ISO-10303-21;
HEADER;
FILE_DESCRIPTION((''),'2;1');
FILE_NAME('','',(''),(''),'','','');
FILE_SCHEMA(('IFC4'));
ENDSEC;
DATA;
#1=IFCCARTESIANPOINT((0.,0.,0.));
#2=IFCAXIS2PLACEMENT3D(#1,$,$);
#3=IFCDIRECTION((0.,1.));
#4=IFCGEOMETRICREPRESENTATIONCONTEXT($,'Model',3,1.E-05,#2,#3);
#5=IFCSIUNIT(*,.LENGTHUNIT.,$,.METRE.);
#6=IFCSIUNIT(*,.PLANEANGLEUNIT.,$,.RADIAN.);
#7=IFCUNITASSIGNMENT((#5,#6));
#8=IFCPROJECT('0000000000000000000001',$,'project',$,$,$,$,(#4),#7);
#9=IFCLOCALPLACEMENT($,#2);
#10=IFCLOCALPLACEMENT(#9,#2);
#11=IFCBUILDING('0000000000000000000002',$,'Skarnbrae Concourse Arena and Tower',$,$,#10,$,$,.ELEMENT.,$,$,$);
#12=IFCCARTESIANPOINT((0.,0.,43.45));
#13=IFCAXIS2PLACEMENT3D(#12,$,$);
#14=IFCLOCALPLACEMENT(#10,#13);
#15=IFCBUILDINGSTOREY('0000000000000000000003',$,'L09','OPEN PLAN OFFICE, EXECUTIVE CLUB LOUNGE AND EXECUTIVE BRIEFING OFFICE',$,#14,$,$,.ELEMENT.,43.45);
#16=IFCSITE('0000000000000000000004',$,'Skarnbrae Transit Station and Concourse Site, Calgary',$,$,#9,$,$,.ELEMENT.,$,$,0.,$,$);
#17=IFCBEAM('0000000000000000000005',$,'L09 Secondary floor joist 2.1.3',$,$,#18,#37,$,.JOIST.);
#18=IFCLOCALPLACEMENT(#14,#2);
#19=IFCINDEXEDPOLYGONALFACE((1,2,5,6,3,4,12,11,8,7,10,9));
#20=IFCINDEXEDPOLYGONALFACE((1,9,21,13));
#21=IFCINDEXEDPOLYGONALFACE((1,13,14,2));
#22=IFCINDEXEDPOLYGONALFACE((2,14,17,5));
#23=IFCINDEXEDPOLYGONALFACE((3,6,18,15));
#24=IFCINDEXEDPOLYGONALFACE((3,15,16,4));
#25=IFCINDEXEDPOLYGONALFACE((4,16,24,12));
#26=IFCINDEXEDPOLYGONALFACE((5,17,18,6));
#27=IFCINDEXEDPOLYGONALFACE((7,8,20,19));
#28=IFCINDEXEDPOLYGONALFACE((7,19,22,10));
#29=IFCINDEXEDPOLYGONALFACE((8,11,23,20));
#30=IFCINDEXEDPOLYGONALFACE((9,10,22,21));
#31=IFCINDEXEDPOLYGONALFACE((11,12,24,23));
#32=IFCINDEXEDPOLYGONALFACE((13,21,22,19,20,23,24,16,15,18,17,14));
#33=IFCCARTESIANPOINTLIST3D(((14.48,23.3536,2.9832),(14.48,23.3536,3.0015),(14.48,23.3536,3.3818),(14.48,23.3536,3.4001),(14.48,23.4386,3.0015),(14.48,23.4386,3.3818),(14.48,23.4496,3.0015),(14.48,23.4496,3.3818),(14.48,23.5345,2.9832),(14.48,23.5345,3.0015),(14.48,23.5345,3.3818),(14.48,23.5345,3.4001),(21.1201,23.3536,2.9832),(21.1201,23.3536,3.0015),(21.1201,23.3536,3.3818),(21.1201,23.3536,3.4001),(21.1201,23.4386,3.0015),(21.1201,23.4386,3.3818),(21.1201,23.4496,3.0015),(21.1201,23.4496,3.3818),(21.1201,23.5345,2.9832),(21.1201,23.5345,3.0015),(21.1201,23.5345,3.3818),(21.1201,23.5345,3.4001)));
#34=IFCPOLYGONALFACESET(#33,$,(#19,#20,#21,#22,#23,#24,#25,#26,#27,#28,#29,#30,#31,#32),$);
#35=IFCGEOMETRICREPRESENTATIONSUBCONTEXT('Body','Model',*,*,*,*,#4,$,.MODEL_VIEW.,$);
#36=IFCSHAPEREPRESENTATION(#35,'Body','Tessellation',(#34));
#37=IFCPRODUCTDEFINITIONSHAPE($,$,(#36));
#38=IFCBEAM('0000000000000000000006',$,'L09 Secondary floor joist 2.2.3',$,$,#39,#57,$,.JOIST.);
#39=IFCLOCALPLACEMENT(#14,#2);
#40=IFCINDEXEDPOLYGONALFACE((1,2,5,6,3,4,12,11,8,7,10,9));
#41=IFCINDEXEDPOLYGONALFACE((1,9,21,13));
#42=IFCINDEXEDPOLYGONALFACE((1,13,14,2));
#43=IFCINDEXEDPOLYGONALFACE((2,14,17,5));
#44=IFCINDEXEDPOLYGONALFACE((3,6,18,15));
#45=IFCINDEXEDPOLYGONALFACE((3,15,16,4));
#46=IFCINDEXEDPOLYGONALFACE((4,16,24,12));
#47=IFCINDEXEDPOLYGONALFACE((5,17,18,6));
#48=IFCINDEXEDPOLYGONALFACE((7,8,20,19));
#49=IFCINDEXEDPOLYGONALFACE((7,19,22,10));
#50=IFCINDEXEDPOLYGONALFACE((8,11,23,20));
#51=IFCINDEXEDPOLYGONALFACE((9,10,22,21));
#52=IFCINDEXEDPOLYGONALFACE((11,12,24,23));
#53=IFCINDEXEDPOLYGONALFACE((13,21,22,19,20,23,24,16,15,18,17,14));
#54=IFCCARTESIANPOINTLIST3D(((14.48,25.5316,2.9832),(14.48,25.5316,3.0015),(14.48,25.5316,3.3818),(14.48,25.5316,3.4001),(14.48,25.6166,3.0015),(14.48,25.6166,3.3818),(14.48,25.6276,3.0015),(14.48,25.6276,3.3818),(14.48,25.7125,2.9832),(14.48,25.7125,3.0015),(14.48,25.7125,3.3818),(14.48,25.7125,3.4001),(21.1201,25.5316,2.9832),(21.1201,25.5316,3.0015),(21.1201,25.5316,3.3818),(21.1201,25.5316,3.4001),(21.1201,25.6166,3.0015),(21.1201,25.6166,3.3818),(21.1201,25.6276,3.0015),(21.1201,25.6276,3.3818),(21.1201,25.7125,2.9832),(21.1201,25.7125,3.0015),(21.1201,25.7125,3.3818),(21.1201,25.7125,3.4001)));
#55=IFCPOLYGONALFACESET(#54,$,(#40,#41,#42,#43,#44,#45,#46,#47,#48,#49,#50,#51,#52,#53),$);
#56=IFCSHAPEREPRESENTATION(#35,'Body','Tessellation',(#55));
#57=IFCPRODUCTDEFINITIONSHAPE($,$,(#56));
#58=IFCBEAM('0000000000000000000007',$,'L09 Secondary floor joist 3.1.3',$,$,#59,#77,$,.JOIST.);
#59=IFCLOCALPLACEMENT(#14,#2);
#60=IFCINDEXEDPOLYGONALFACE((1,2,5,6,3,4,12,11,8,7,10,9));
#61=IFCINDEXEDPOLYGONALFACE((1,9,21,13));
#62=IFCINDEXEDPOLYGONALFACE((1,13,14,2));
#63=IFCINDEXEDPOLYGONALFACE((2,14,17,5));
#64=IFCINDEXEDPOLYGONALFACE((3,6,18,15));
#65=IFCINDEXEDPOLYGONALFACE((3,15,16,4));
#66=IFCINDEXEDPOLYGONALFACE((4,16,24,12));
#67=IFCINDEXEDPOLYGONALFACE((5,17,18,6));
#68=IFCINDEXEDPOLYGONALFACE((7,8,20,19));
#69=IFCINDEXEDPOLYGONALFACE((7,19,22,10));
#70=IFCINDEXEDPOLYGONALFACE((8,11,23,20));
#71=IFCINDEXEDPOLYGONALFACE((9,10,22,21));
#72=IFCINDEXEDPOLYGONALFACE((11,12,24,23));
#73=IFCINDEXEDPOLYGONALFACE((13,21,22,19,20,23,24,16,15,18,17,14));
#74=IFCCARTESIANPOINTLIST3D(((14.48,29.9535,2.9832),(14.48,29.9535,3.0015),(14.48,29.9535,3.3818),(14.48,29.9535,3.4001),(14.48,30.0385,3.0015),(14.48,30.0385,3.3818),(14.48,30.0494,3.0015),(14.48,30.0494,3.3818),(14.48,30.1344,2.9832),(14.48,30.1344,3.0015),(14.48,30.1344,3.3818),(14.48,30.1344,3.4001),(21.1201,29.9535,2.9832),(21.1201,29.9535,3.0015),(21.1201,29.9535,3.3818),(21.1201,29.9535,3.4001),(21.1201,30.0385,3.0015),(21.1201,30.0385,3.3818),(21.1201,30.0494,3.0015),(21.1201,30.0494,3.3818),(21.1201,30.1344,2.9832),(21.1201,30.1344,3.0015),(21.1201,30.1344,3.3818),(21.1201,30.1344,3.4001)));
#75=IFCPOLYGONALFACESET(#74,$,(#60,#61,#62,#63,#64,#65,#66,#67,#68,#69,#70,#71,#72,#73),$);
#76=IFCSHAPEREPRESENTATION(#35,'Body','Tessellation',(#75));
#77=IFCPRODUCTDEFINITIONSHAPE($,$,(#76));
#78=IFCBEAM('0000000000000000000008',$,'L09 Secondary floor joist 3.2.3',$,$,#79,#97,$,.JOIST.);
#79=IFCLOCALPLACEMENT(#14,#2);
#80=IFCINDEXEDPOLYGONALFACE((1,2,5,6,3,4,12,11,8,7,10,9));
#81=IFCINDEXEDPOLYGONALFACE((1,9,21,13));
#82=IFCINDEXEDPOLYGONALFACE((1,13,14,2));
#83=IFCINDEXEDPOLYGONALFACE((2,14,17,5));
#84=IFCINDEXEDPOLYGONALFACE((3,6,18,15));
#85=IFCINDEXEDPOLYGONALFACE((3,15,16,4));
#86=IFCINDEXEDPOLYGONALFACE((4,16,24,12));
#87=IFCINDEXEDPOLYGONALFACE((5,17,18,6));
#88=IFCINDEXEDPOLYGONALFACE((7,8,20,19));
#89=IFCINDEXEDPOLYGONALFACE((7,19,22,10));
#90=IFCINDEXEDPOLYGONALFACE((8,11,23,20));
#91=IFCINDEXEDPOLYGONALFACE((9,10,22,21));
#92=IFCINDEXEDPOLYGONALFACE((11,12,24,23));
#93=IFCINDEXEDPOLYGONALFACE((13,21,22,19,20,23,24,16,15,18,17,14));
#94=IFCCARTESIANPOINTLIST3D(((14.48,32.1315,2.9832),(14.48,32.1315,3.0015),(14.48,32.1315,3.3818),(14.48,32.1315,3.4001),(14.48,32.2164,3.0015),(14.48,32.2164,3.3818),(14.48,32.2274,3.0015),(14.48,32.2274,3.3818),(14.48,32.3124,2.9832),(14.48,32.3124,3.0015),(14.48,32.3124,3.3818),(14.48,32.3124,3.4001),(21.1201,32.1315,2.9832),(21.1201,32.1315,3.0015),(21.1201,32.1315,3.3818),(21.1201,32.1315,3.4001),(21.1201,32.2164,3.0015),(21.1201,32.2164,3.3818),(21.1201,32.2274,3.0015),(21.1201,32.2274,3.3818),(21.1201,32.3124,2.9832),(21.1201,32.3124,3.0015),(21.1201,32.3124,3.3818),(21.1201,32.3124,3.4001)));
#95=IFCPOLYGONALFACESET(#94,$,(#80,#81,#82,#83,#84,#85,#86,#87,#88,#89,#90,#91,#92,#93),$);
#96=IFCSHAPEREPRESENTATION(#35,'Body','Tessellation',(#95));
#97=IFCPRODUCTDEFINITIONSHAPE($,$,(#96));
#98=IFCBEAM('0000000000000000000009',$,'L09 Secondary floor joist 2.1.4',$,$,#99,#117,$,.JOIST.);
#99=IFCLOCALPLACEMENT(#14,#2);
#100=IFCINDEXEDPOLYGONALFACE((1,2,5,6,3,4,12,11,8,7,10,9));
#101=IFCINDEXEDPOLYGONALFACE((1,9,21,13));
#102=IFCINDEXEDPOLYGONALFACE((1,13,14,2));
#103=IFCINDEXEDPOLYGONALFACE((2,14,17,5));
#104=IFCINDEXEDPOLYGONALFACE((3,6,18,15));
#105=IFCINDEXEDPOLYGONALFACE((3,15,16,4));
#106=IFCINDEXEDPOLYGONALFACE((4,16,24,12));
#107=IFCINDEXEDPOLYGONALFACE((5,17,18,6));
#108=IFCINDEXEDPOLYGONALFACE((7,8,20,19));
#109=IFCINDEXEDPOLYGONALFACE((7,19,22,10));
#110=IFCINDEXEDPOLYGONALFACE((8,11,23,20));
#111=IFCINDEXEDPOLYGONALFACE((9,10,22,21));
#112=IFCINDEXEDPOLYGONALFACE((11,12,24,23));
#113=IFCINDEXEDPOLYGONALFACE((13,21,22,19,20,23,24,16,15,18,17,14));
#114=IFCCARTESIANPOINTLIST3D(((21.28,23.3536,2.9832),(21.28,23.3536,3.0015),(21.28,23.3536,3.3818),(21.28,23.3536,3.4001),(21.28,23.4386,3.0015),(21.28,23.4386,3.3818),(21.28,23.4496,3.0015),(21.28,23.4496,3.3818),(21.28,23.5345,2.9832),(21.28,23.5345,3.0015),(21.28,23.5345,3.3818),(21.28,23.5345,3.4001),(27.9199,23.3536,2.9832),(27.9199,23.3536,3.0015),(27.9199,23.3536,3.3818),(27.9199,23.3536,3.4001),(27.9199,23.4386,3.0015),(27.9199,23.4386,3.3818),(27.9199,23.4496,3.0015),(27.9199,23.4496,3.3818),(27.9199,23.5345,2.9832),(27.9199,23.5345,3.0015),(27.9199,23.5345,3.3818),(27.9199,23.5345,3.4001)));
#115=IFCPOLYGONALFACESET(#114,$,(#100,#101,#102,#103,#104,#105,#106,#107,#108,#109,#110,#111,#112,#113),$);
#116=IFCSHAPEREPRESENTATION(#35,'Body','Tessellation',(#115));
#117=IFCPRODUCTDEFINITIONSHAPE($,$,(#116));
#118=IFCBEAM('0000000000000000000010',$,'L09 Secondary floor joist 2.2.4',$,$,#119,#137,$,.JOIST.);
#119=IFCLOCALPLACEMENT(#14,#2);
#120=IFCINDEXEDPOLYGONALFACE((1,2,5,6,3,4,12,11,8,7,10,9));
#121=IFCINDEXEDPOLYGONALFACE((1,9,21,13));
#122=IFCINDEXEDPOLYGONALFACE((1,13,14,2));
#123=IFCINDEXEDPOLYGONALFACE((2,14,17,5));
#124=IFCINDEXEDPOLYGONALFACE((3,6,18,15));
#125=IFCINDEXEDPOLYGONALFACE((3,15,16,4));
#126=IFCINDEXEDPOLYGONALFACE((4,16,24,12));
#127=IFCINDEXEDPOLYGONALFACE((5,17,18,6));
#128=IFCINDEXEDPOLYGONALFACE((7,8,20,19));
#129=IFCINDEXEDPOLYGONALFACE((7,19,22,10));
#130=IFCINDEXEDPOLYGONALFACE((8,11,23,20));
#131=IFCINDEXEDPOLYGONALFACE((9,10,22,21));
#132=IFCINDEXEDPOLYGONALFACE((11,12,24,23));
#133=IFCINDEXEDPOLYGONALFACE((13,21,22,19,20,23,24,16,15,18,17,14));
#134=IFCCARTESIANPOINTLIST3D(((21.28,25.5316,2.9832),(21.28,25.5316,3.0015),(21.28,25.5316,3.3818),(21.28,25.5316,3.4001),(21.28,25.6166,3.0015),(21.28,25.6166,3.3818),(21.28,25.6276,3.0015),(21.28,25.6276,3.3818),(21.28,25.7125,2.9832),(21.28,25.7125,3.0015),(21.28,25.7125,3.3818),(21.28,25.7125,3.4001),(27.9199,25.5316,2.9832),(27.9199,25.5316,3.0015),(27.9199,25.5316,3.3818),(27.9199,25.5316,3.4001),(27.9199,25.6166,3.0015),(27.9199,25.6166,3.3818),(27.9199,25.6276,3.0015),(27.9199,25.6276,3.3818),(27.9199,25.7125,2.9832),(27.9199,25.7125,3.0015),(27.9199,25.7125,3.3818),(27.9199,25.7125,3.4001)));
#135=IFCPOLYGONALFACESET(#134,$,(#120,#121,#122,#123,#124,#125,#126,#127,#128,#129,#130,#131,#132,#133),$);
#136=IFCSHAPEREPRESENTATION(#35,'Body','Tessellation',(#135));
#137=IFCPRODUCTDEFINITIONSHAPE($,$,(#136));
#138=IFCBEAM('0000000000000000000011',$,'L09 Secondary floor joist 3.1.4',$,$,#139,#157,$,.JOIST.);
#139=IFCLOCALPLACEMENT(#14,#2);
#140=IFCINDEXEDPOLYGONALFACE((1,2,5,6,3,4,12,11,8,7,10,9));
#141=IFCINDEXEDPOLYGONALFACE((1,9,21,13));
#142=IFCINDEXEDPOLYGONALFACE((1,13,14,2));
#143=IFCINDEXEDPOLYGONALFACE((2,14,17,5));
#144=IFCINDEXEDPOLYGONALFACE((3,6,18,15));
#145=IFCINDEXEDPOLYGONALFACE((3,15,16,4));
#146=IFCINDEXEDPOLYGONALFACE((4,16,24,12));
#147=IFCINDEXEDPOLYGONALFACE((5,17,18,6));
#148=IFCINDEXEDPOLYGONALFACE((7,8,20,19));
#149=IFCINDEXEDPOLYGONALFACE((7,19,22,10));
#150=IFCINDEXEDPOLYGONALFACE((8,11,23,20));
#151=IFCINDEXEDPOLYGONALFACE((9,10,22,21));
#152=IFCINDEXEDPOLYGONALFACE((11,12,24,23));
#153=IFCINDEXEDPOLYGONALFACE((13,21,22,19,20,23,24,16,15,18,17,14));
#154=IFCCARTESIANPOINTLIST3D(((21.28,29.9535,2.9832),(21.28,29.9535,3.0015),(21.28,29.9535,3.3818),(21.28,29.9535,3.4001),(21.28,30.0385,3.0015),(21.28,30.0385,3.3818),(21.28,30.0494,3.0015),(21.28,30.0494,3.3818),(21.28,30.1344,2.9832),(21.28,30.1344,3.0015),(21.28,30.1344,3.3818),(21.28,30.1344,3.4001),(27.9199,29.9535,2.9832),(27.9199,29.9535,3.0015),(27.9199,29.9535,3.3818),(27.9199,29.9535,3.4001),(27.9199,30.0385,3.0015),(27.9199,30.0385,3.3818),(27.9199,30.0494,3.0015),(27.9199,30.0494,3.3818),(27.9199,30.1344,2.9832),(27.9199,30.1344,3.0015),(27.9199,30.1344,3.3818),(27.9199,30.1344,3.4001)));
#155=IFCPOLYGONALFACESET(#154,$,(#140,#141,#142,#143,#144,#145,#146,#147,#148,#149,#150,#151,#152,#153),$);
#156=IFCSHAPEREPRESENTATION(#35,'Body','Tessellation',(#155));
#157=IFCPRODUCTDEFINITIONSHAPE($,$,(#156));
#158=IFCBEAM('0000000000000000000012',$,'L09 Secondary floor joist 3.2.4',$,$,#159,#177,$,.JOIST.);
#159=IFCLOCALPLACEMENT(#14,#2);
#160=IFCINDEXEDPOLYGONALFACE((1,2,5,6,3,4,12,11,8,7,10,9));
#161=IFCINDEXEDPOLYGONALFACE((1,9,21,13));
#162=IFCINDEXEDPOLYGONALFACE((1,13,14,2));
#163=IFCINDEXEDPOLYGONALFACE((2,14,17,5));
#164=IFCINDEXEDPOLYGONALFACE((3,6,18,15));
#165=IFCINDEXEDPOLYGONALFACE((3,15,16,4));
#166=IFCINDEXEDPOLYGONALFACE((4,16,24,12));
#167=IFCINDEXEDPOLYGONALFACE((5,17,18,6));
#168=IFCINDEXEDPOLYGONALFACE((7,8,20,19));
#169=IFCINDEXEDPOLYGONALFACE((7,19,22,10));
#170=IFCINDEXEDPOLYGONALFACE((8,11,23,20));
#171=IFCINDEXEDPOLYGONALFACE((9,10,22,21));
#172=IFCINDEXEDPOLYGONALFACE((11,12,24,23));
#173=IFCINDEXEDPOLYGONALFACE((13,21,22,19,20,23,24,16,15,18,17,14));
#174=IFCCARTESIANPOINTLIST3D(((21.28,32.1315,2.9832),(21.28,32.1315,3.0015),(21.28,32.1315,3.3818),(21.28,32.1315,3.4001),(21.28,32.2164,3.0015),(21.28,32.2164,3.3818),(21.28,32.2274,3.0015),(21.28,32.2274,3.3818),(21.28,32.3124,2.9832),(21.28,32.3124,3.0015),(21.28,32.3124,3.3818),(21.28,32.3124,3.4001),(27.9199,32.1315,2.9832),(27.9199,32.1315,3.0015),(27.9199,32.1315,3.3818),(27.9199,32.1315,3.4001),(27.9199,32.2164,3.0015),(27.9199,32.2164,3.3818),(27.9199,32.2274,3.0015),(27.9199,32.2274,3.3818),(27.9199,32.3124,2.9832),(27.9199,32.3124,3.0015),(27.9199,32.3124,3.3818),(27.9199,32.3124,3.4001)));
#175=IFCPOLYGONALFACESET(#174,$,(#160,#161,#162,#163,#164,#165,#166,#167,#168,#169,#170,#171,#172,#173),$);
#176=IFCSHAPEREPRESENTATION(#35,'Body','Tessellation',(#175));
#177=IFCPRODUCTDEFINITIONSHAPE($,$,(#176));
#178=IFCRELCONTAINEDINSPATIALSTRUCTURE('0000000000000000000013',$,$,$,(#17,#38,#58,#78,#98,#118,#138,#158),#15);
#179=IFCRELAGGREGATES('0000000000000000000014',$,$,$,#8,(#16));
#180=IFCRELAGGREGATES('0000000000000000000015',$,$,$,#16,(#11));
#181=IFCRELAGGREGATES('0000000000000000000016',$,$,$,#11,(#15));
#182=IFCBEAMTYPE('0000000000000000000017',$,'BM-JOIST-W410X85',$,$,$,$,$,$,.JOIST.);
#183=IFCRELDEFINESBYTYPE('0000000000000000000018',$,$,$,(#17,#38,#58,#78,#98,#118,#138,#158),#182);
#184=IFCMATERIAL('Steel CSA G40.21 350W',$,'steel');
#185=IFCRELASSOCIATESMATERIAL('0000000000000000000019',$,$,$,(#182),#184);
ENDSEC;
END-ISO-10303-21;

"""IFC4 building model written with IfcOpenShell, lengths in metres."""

from ifc_helpers import new_model, si_unit, direction, frame, origin, origin_2d, place, context, subcontext, project, spatial, i_section, extrude, source, transform, mapped, material, material_profile, profile_set, type_object, element, save


model = new_model("IFC4")

# Units and contexts
model_context = context("Model", 3, precision=1e-05, world=origin(), true_north=direction((0.0, 1.0)))
body_context = subcontext(model_context, "Body", "Model", "MODEL_VIEW")
ifc_project = project(units=[si_unit("LENGTHUNIT", "METRE"), si_unit("PLANEANGLEUNIT", "RADIAN")], contexts=[model_context])

# Site, building, storey
site_placement = place(None, origin())
site = spatial("IfcSite", under=ifc_project, at=site_placement, Name="Skarnbrae Transit Station and Concourse Site, Calgary", CompositionType="ELEMENT", RefElevation=0.0)
building_placement = place(site_placement, origin())
building = spatial("IfcBuilding", under=site, at=building_placement, Name="Skarnbrae Concourse Arena and Tower", CompositionType="ELEMENT")
storey_placement = place(building_placement, frame((0.0, 0.0, 43.45)))
storey = spatial("IfcBuildingStorey", under=building, at=storey_placement, Name="L09", Description="OPEN PLAN OFFICE, EXECUTIVE CLUB LOUNGE AND EXECUTIVE BRIEFING OFFICE", CompositionType="ELEMENT", Elevation=43.45)

# Shared definitions
ifc_material = material(Name="Steel CSA G40.21 350W", Category="steel")

# Beams
ifc_material_profile_1 = material_profile(ifc_material, i_section(OverallWidth=0.1809, OverallDepth=0.417, WebThickness=0.011, FlangeThickness=0.0183, at=origin_2d()), Name="W410X85")
ifc_profile_set_1 = profile_set([ifc_material_profile_1], Name="Steel CSA G40.21 350W")
beam_type_1 = type_object("IfcBeamType", Name="BM-JOIST-W410X85", PredefinedType="JOIST", material=ifc_profile_set_1)
shared_shape_1 = source(origin(), body_context, "Body", "SweptSolid", [
    extrude(i_section(OverallWidth=0.1809, OverallDepth=0.417, WebThickness=0.011, FlangeThickness=0.0183, at=origin_2d()), origin(), (0.0, 0.0, 1.0), 6.6401),
])
for number, where, z_axis, x_axis, name in (
    (1, (14.48, 23.4441, 3.1917), (1.0, 0.0, 0.0), (0.0, 1.0, 0.0), "L09 Secondary floor joist 2.1.3"),
    (2, (14.48, 25.6221, 3.1917), (1.0, 0.0, 0.0), (0.0, 1.0, 0.0), "L09 Secondary floor joist 2.2.3"),
    (3, (14.48, 30.0439, 3.1917), (1.0, 0.0, 0.0), (0.0, 1.0, 0.0), "L09 Secondary floor joist 3.1.3"),
    (4, (14.48, 32.2219, 3.1917), (1.0, 0.0, 0.0), (0.0, 1.0, 0.0), "L09 Secondary floor joist 3.2.3"),
):
    element("IfcBeam", number, at=place(storey_placement, frame(where, z_axis=z_axis, x_axis=x_axis)), inside=storey, type_object=beam_type_1, Name=name, PredefinedType="JOIST", context=body_context, shape_type="MappedRepresentation", body=[
        mapped(shared_shape_1, transform((0.0, 0.0, 0.0))),
    ])
shared_shape_2 = source(origin(), body_context, "Body", "SweptSolid", [
    extrude(i_section(OverallWidth=0.1809, OverallDepth=0.417, WebThickness=0.011, FlangeThickness=0.0183, at=origin_2d()), origin(), (0.0, 0.0, 1.0), 6.6399),
])
for number, where, z_axis, x_axis, name in (
    (5, (21.28, 23.4441, 3.1917), (1.0, 0.0, 0.0), (0.0, 1.0, 0.0), "L09 Secondary floor joist 2.1.4"),
    (6, (21.28, 25.6221, 3.1917), (1.0, 0.0, 0.0), (0.0, 1.0, 0.0), "L09 Secondary floor joist 2.2.4"),
    (7, (21.28, 30.0439, 3.1917), (1.0, 0.0, 0.0), (0.0, 1.0, 0.0), "L09 Secondary floor joist 3.1.4"),
    (8, (21.28, 32.2219, 3.1917), (1.0, 0.0, 0.0), (0.0, 1.0, 0.0), "L09 Secondary floor joist 3.2.4"),
):
    element("IfcBeam", number, at=place(storey_placement, frame(where, z_axis=z_axis, x_axis=x_axis)), inside=storey, type_object=beam_type_1, Name=name, PredefinedType="JOIST", context=body_context, shape_type="MappedRepresentation", body=[
        mapped(shared_shape_2, transform((0.0, 0.0, 0.0))),
    ])

save(model, "model.ifc")
